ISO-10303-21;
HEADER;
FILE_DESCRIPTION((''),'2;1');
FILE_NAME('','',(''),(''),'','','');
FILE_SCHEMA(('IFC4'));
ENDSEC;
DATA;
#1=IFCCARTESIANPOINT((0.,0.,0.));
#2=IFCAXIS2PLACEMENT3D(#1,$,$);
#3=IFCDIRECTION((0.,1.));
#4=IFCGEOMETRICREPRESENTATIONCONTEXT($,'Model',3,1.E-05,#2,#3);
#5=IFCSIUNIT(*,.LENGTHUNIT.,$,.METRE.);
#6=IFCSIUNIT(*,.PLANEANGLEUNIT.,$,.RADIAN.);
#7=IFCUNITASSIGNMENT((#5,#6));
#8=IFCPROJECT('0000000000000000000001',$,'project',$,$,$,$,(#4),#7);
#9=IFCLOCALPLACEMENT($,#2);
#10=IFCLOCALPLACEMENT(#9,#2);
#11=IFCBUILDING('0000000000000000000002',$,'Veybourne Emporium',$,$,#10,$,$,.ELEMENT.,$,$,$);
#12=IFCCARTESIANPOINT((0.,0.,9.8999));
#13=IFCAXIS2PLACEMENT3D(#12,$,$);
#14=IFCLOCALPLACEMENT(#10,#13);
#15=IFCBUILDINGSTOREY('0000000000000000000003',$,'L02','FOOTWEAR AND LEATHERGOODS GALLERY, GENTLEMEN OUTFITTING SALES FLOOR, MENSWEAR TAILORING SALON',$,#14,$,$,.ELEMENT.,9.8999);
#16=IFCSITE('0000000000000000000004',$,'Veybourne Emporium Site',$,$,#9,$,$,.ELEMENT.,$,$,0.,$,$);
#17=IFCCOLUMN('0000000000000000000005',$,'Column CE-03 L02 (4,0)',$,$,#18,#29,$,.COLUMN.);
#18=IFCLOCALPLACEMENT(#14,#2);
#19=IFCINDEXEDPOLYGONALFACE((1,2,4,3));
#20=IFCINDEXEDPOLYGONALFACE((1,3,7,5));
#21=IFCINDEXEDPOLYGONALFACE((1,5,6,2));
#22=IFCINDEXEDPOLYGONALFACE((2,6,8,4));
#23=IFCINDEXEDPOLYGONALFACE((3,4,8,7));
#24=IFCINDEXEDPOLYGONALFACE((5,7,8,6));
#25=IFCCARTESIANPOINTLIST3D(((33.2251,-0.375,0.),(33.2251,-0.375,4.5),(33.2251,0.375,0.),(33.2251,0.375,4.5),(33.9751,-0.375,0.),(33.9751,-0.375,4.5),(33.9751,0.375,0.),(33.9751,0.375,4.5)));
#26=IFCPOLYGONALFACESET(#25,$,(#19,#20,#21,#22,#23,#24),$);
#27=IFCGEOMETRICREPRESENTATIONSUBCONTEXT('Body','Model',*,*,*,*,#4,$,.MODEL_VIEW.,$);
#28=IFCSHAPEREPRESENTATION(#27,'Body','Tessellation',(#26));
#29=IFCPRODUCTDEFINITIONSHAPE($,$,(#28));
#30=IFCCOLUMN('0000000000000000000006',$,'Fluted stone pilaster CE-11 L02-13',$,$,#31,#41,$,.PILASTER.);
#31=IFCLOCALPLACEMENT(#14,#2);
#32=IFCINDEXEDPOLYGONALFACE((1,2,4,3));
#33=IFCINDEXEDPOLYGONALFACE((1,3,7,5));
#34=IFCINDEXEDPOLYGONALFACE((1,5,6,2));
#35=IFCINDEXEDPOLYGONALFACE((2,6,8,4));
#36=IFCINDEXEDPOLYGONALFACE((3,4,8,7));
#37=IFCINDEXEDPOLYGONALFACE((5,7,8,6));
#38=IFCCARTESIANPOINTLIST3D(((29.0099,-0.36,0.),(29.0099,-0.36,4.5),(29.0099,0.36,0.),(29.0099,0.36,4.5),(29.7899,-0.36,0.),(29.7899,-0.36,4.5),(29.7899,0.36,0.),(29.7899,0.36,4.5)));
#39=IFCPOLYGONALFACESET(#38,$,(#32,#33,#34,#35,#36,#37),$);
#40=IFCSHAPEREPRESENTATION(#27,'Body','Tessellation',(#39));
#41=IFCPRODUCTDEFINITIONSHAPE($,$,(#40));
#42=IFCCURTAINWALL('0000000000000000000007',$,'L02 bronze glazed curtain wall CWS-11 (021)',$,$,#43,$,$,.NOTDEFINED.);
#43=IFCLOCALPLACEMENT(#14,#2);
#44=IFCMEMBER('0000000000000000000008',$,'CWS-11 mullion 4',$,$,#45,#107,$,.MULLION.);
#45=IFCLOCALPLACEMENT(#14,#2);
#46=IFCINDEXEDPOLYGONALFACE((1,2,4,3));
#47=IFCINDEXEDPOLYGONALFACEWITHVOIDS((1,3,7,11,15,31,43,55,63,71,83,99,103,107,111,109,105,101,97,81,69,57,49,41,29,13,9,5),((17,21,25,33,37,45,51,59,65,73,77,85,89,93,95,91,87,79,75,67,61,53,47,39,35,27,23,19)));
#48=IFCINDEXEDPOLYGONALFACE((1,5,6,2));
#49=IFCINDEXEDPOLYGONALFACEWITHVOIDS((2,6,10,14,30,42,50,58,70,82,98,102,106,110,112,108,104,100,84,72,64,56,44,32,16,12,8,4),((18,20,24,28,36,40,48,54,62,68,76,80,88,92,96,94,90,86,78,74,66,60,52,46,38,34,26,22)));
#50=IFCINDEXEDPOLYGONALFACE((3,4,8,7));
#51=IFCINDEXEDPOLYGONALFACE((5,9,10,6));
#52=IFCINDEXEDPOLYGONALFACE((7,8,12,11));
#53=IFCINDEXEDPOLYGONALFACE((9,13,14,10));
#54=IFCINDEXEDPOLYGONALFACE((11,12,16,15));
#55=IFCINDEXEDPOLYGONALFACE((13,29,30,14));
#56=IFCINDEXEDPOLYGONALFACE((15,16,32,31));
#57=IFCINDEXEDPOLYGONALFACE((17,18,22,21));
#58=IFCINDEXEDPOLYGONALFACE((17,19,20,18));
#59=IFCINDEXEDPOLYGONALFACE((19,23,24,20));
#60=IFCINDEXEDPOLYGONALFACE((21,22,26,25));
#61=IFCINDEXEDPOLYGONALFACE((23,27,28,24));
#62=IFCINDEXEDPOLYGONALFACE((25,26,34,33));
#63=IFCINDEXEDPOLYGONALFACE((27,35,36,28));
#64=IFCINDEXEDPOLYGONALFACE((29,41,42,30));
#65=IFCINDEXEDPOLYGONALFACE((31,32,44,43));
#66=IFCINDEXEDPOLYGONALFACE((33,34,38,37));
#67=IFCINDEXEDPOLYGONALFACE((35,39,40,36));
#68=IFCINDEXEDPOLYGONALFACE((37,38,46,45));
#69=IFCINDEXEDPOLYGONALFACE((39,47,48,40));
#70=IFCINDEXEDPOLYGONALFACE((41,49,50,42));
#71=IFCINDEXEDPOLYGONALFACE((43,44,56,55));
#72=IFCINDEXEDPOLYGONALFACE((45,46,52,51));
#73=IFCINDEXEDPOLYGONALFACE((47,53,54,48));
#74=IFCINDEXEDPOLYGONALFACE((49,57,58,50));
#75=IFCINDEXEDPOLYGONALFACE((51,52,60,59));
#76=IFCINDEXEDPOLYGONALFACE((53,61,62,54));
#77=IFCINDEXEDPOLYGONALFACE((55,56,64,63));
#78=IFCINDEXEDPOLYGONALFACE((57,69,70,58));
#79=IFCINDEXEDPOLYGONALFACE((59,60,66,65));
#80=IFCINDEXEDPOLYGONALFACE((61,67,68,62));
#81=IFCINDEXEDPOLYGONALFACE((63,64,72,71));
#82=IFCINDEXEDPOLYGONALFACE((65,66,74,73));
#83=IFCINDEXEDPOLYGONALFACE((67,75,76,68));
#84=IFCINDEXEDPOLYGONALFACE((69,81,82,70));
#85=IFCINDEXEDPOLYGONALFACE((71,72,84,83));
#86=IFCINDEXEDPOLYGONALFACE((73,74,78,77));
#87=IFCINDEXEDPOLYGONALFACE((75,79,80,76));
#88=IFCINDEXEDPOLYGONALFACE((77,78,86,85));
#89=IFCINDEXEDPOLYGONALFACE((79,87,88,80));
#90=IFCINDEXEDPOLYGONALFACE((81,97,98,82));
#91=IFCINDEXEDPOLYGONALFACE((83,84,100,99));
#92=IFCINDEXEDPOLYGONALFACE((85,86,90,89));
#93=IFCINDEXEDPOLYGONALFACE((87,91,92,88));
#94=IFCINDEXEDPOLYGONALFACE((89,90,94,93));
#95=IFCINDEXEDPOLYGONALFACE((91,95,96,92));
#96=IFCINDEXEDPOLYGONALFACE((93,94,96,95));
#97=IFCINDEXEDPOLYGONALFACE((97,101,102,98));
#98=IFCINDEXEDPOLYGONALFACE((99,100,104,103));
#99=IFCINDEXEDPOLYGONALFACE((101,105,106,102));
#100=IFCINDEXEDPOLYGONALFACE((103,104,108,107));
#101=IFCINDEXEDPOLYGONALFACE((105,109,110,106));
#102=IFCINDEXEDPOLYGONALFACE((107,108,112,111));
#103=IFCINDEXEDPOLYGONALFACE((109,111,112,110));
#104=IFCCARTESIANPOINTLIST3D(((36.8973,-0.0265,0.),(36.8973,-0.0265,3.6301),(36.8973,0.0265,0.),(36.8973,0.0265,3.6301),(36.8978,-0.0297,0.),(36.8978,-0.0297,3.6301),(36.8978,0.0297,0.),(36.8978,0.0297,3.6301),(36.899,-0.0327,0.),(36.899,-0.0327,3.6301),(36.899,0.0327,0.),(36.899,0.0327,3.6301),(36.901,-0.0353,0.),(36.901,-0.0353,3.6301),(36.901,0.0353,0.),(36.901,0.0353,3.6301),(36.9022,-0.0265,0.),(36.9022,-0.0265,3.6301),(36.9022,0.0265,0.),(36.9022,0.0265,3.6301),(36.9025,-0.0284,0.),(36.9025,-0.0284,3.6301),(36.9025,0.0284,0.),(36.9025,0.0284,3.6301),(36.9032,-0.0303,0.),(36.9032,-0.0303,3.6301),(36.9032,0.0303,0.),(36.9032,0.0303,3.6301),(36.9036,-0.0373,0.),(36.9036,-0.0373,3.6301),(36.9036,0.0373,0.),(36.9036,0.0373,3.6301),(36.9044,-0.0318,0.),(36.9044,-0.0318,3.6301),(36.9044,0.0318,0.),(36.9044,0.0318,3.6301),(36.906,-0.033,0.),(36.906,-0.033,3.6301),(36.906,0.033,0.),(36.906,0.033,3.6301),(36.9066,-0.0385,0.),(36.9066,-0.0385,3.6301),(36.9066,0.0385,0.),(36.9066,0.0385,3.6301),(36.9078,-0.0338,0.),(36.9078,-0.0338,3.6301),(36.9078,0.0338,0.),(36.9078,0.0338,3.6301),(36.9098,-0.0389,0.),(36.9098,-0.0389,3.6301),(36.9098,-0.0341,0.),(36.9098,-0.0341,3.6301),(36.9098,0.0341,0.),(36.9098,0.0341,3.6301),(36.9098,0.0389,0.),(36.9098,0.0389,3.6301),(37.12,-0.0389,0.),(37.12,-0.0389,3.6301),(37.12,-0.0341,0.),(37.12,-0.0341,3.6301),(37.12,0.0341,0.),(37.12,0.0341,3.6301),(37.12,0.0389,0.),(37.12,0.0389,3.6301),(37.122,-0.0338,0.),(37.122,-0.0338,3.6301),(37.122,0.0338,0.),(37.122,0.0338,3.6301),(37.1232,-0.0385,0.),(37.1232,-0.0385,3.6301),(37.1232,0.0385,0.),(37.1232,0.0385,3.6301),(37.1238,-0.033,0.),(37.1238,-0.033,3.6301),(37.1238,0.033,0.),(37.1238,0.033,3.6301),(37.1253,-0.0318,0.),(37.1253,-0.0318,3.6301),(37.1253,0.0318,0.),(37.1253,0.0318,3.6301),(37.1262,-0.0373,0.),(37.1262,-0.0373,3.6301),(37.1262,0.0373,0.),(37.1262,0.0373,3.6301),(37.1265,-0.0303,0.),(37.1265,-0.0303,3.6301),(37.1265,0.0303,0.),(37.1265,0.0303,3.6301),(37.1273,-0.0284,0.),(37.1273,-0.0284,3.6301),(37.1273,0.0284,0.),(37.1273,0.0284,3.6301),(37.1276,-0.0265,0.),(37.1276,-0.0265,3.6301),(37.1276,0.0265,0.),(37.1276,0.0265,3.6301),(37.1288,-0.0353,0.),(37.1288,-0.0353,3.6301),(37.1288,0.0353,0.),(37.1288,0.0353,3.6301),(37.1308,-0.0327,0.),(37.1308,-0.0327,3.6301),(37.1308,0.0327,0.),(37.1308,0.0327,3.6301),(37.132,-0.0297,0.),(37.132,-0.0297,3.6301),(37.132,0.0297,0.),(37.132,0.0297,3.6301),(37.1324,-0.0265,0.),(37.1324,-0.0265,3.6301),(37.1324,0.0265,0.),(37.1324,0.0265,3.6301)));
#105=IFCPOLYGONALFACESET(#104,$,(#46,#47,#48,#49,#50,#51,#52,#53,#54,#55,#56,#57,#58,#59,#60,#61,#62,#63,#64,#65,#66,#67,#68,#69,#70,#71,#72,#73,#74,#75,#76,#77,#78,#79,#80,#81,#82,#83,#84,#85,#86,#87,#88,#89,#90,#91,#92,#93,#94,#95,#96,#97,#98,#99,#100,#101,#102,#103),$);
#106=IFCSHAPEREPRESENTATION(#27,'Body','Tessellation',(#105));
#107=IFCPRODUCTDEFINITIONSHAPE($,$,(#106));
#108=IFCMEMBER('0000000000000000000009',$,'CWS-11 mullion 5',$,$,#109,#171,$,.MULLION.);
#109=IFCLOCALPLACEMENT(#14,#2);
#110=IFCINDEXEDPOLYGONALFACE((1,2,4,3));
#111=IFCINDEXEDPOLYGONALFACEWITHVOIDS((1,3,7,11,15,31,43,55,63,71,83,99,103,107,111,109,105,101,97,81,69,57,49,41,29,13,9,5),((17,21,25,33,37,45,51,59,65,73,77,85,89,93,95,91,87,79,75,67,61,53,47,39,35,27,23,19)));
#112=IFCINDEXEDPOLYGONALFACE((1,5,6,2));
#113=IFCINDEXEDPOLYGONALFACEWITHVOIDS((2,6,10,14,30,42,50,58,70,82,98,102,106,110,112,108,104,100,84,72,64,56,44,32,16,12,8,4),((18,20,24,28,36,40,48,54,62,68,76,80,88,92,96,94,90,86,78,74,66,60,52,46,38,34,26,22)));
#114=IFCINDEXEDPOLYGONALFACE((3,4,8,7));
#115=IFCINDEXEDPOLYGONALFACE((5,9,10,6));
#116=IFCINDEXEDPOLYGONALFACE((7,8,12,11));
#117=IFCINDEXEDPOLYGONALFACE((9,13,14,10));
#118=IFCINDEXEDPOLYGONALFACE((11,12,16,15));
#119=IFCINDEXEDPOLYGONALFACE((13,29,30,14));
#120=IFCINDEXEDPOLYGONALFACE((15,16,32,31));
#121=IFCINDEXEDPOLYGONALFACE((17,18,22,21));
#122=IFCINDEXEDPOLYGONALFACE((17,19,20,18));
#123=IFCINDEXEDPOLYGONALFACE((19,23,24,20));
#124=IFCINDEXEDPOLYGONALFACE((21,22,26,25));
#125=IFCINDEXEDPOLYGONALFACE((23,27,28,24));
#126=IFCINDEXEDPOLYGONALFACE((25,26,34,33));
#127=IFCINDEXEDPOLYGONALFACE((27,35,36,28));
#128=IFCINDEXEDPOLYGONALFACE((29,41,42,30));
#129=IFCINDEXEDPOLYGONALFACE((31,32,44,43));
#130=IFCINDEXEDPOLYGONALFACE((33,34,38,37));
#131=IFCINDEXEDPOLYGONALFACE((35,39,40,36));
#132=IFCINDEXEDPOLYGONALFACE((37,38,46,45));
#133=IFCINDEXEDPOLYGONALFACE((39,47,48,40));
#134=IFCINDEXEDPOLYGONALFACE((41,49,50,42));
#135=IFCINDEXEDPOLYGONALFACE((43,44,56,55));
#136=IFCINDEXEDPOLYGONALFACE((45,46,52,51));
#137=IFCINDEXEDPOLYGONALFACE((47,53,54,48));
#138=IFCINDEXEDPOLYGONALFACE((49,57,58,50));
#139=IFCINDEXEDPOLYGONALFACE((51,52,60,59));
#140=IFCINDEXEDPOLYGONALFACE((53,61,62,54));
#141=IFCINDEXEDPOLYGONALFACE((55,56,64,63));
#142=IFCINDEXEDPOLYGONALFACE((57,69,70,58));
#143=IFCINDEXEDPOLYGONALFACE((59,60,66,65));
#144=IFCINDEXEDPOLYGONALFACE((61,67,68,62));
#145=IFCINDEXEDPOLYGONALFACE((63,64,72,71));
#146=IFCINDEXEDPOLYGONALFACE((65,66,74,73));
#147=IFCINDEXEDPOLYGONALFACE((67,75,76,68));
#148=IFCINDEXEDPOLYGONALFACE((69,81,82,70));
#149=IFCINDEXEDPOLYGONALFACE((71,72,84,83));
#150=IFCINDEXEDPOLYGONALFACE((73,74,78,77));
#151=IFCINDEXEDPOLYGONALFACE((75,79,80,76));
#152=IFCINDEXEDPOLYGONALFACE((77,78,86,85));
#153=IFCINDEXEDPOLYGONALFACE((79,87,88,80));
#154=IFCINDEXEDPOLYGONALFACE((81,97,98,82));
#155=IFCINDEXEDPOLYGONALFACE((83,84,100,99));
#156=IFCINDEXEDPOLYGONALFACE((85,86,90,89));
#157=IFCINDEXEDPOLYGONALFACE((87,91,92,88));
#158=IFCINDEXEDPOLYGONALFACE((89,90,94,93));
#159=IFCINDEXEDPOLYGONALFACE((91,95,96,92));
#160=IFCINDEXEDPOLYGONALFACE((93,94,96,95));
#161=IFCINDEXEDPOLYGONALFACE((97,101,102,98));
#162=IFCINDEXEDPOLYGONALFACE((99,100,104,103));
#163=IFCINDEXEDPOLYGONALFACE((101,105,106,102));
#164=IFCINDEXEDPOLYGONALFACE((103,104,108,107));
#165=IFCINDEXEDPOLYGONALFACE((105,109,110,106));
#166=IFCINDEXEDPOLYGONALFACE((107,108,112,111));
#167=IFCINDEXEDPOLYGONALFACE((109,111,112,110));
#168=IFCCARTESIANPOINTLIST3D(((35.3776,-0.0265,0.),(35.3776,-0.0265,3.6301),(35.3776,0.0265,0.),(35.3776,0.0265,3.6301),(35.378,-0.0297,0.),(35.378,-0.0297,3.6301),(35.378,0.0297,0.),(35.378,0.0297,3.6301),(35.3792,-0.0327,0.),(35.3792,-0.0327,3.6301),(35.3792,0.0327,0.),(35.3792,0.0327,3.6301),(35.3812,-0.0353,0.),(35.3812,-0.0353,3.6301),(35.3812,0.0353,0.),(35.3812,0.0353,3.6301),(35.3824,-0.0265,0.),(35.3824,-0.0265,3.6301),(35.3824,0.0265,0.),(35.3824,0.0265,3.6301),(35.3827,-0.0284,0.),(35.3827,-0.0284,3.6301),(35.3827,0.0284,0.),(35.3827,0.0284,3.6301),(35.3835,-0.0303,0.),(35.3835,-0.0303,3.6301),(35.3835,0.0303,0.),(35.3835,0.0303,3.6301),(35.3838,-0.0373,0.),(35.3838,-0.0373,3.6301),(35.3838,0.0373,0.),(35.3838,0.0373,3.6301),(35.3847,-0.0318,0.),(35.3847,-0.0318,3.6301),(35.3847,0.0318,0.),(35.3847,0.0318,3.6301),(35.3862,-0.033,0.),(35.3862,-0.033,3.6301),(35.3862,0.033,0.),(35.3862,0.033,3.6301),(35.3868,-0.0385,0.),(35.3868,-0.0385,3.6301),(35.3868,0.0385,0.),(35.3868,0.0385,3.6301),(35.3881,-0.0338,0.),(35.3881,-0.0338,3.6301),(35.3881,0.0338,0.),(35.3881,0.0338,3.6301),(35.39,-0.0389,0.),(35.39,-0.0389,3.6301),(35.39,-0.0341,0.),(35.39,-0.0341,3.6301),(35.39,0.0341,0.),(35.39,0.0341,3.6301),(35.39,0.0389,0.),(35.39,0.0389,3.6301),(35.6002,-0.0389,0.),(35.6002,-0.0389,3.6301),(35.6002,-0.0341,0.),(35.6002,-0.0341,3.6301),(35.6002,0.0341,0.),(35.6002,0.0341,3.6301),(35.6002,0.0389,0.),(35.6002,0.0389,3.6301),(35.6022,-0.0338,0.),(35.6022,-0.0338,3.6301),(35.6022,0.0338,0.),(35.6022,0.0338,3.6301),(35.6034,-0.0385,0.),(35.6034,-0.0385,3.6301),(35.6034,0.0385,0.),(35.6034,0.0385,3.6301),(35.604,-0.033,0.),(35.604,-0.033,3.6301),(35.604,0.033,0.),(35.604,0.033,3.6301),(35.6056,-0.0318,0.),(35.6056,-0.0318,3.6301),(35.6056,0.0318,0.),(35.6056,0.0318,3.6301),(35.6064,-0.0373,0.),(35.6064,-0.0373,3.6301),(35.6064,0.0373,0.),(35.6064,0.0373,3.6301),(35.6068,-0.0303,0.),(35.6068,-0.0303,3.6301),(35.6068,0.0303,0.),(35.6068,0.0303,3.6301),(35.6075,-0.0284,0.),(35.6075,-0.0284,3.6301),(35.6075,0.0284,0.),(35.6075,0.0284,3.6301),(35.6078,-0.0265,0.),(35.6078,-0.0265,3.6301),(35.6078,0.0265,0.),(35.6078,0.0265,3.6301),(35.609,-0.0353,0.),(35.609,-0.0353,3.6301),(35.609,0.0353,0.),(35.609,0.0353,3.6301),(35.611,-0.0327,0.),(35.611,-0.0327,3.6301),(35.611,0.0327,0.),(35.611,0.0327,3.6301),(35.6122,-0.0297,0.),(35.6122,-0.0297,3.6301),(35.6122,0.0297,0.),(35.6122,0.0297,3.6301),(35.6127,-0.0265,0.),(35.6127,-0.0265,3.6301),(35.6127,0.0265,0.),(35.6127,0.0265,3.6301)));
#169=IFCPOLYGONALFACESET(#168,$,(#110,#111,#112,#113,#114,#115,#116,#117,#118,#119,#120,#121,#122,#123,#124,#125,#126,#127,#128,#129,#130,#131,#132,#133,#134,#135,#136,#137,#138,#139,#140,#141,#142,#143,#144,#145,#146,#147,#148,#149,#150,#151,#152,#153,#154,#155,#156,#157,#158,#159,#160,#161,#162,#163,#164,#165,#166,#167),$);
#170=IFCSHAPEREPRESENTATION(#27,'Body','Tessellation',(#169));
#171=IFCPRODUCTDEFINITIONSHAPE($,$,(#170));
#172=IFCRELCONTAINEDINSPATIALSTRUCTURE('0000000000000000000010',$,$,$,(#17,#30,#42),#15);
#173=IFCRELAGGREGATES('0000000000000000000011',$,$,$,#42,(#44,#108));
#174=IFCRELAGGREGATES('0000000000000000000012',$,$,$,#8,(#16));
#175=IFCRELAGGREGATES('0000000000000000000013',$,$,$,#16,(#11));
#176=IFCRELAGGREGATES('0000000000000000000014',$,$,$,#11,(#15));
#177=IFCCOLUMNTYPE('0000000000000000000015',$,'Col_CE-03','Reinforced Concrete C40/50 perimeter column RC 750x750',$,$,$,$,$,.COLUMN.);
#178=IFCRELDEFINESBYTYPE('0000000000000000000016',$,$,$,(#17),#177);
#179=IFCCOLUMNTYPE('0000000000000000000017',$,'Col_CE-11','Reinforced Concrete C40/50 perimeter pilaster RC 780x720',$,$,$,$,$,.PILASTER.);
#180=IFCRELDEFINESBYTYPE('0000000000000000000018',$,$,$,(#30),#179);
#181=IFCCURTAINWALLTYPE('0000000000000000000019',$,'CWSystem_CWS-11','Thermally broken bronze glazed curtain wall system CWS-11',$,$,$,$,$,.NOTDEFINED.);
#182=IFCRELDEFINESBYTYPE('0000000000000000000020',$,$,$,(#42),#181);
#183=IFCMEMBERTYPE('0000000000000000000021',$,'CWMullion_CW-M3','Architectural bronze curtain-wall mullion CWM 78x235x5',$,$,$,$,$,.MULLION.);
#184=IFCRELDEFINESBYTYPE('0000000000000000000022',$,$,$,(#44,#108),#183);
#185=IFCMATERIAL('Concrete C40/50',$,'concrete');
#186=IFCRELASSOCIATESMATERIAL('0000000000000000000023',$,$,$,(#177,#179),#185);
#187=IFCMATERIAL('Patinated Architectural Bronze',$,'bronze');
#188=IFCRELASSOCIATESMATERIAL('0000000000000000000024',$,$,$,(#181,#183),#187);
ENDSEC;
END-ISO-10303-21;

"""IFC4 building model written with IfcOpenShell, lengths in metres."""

from ifc_helpers import new_model, si_unit, direction, frame, origin, origin_2d, place, context, subcontext, project, spatial, rectangle, hollow_rectangle, extrude, material, material_profile, profile_set, type_object, element, aggregate, save


model = new_model("IFC4")

# Units and contexts
model_context = context("Model", 3, precision=1e-05, world=origin(), true_north=direction((0.0, 1.0)))
body_context = subcontext(model_context, "Body", "Model", "MODEL_VIEW")
ifc_project = project(units=[si_unit("LENGTHUNIT", "METRE"), si_unit("PLANEANGLEUNIT", "RADIAN")], contexts=[model_context])

# Site, building, storey
site_placement = place(None, origin())
site = spatial("IfcSite", under=ifc_project, at=site_placement, Name="Veybourne Emporium Site", CompositionType="ELEMENT", RefElevation=0.0)
building_placement = place(site_placement, origin())
building = spatial("IfcBuilding", under=site, at=building_placement, Name="Veybourne Emporium", CompositionType="ELEMENT")
storey_placement = place(building_placement, frame((0.0, 0.0, 9.8999)))
storey = spatial("IfcBuildingStorey", under=building, at=storey_placement, Name="L02", Description="FOOTWEAR AND LEATHERGOODS GALLERY, GENTLEMEN OUTFITTING SALES FLOOR, MENSWEAR TAILORING SALON", CompositionType="ELEMENT", Elevation=9.8999)

# Columns
ifc_material_1 = material(Name="Concrete C40/50", Category="concrete")
ifc_material_profile_1 = material_profile(ifc_material_1, rectangle(XDim=0.75, YDim=0.75, at=origin_2d()), Name="RC 750x750")
ifc_profile_set_1 = profile_set([ifc_material_profile_1], Name="Concrete C40/50")
column_type_1 = type_object("IfcColumnType", Name="Col_CE-03", Description="Reinforced Concrete C40/50 perimeter column RC 750x750", PredefinedType="COLUMN", material=ifc_profile_set_1)
column_1_placement = place(storey_placement, frame((33.6001, 0.0, 0.0), z_axis=(0.0, 0.0, 1.0), x_axis=(1.0, 0.0, 0.0)))
element("IfcColumn", 1, at=column_1_placement, inside=storey, type_object=column_type_1, Name="Column CE-03 L02 (4,0)", PredefinedType="COLUMN", context=body_context, shape_type="SweptSolid", body=[
    extrude(rectangle(XDim=0.75, YDim=0.75, at=origin_2d()), origin(), (0.0, 0.0, 1.0), 4.5),
])
ifc_material_profile_2 = material_profile(ifc_material_1, rectangle(XDim=0.78, YDim=0.72, at=origin_2d()), Name="RC 780x720")
ifc_profile_set_2 = profile_set([ifc_material_profile_2], Name="Concrete C40/50")
column_type_2 = type_object("IfcColumnType", Name="Col_CE-11", Description="Reinforced Concrete C40/50 perimeter pilaster RC 780x720", PredefinedType="PILASTER", material=ifc_profile_set_2)
column_2_placement = place(storey_placement, frame((29.3999, 0.0, 0.0), z_axis=(0.0, 0.0, 1.0), x_axis=(1.0, 0.0, 0.0)))
element("IfcColumn", 2, at=column_2_placement, inside=storey, type_object=column_type_2, Name="Fluted stone pilaster CE-11 L02-13", PredefinedType="PILASTER", context=body_context, shape_type="SweptSolid", body=[
    extrude(rectangle(XDim=0.78, YDim=0.72, at=origin_2d()), origin(), (0.0, 0.0, 1.0), 4.5),
])

# Curtain wall, members
ifc_material_2 = material(Name="Patinated Architectural Bronze", Category="bronze")
curtain_wall_type = type_object("IfcCurtainWallType", Name="CWSystem_CWS-11", Description="Thermally broken bronze glazed curtain wall system CWS-11", PredefinedType="NOTDEFINED", material=ifc_material_2)
curtain_wall_placement = place(storey_placement, origin())
curtain_wall = element("IfcCurtainWall", 3, at=curtain_wall_placement, inside=storey, type_object=curtain_wall_type, Name="L02 bronze glazed curtain wall CWS-11 (021)", PredefinedType="NOTDEFINED")
ifc_material_profile_3 = material_profile(ifc_material_2, hollow_rectangle(XDim=0.0779, YDim=0.2351, WallThickness=0.0049, InnerFilletRadius=0.0076, OuterFilletRadius=0.0125, at=origin_2d()), Name="CWM 78x235x5")
ifc_profile_set_3 = profile_set([ifc_material_profile_3], Name="Patinated Architectural Bronze")
member_type_1 = type_object("IfcMemberType", Name="CWMullion_CW-M3", Description="Architectural bronze curtain-wall mullion CWM 78x235x5", PredefinedType="MULLION", material=ifc_profile_set_3)
member_1_placement = place(storey_placement, frame((37.0149, 0.0, 0.0), z_axis=(0.0, 0.0, 1.0), x_axis=(0.0, -1.0, 0.0)))
member_1 = element("IfcMember", 4, at=member_1_placement, type_object=member_type_1, Name="CWS-11 mullion 4", PredefinedType="MULLION", context=body_context, shape_type="SweptSolid", body=[
    extrude(hollow_rectangle(XDim=0.0779, YDim=0.2351, WallThickness=0.0049, InnerFilletRadius=0.0076, OuterFilletRadius=0.0125, at=origin_2d()), origin(), (0.0, 0.0, 1.0), 3.6301),
])
member_2_placement = place(storey_placement, frame((35.4951, 0.0, 0.0), z_axis=(0.0, 0.0, 1.0), x_axis=(0.0, -1.0, 0.0)))
member_2 = element("IfcMember", 5, at=member_2_placement, type_object=member_type_1, Name="CWS-11 mullion 5", PredefinedType="MULLION", context=body_context, shape_type="SweptSolid", body=[
    extrude(hollow_rectangle(XDim=0.0779, YDim=0.2351, WallThickness=0.0049, InnerFilletRadius=0.0076, OuterFilletRadius=0.0125, at=origin_2d()), origin(), (0.0, 0.0, 1.0), 3.6301),
])

aggregate(curtain_wall, [member_1, member_2])

save(model, "model.ifc")
